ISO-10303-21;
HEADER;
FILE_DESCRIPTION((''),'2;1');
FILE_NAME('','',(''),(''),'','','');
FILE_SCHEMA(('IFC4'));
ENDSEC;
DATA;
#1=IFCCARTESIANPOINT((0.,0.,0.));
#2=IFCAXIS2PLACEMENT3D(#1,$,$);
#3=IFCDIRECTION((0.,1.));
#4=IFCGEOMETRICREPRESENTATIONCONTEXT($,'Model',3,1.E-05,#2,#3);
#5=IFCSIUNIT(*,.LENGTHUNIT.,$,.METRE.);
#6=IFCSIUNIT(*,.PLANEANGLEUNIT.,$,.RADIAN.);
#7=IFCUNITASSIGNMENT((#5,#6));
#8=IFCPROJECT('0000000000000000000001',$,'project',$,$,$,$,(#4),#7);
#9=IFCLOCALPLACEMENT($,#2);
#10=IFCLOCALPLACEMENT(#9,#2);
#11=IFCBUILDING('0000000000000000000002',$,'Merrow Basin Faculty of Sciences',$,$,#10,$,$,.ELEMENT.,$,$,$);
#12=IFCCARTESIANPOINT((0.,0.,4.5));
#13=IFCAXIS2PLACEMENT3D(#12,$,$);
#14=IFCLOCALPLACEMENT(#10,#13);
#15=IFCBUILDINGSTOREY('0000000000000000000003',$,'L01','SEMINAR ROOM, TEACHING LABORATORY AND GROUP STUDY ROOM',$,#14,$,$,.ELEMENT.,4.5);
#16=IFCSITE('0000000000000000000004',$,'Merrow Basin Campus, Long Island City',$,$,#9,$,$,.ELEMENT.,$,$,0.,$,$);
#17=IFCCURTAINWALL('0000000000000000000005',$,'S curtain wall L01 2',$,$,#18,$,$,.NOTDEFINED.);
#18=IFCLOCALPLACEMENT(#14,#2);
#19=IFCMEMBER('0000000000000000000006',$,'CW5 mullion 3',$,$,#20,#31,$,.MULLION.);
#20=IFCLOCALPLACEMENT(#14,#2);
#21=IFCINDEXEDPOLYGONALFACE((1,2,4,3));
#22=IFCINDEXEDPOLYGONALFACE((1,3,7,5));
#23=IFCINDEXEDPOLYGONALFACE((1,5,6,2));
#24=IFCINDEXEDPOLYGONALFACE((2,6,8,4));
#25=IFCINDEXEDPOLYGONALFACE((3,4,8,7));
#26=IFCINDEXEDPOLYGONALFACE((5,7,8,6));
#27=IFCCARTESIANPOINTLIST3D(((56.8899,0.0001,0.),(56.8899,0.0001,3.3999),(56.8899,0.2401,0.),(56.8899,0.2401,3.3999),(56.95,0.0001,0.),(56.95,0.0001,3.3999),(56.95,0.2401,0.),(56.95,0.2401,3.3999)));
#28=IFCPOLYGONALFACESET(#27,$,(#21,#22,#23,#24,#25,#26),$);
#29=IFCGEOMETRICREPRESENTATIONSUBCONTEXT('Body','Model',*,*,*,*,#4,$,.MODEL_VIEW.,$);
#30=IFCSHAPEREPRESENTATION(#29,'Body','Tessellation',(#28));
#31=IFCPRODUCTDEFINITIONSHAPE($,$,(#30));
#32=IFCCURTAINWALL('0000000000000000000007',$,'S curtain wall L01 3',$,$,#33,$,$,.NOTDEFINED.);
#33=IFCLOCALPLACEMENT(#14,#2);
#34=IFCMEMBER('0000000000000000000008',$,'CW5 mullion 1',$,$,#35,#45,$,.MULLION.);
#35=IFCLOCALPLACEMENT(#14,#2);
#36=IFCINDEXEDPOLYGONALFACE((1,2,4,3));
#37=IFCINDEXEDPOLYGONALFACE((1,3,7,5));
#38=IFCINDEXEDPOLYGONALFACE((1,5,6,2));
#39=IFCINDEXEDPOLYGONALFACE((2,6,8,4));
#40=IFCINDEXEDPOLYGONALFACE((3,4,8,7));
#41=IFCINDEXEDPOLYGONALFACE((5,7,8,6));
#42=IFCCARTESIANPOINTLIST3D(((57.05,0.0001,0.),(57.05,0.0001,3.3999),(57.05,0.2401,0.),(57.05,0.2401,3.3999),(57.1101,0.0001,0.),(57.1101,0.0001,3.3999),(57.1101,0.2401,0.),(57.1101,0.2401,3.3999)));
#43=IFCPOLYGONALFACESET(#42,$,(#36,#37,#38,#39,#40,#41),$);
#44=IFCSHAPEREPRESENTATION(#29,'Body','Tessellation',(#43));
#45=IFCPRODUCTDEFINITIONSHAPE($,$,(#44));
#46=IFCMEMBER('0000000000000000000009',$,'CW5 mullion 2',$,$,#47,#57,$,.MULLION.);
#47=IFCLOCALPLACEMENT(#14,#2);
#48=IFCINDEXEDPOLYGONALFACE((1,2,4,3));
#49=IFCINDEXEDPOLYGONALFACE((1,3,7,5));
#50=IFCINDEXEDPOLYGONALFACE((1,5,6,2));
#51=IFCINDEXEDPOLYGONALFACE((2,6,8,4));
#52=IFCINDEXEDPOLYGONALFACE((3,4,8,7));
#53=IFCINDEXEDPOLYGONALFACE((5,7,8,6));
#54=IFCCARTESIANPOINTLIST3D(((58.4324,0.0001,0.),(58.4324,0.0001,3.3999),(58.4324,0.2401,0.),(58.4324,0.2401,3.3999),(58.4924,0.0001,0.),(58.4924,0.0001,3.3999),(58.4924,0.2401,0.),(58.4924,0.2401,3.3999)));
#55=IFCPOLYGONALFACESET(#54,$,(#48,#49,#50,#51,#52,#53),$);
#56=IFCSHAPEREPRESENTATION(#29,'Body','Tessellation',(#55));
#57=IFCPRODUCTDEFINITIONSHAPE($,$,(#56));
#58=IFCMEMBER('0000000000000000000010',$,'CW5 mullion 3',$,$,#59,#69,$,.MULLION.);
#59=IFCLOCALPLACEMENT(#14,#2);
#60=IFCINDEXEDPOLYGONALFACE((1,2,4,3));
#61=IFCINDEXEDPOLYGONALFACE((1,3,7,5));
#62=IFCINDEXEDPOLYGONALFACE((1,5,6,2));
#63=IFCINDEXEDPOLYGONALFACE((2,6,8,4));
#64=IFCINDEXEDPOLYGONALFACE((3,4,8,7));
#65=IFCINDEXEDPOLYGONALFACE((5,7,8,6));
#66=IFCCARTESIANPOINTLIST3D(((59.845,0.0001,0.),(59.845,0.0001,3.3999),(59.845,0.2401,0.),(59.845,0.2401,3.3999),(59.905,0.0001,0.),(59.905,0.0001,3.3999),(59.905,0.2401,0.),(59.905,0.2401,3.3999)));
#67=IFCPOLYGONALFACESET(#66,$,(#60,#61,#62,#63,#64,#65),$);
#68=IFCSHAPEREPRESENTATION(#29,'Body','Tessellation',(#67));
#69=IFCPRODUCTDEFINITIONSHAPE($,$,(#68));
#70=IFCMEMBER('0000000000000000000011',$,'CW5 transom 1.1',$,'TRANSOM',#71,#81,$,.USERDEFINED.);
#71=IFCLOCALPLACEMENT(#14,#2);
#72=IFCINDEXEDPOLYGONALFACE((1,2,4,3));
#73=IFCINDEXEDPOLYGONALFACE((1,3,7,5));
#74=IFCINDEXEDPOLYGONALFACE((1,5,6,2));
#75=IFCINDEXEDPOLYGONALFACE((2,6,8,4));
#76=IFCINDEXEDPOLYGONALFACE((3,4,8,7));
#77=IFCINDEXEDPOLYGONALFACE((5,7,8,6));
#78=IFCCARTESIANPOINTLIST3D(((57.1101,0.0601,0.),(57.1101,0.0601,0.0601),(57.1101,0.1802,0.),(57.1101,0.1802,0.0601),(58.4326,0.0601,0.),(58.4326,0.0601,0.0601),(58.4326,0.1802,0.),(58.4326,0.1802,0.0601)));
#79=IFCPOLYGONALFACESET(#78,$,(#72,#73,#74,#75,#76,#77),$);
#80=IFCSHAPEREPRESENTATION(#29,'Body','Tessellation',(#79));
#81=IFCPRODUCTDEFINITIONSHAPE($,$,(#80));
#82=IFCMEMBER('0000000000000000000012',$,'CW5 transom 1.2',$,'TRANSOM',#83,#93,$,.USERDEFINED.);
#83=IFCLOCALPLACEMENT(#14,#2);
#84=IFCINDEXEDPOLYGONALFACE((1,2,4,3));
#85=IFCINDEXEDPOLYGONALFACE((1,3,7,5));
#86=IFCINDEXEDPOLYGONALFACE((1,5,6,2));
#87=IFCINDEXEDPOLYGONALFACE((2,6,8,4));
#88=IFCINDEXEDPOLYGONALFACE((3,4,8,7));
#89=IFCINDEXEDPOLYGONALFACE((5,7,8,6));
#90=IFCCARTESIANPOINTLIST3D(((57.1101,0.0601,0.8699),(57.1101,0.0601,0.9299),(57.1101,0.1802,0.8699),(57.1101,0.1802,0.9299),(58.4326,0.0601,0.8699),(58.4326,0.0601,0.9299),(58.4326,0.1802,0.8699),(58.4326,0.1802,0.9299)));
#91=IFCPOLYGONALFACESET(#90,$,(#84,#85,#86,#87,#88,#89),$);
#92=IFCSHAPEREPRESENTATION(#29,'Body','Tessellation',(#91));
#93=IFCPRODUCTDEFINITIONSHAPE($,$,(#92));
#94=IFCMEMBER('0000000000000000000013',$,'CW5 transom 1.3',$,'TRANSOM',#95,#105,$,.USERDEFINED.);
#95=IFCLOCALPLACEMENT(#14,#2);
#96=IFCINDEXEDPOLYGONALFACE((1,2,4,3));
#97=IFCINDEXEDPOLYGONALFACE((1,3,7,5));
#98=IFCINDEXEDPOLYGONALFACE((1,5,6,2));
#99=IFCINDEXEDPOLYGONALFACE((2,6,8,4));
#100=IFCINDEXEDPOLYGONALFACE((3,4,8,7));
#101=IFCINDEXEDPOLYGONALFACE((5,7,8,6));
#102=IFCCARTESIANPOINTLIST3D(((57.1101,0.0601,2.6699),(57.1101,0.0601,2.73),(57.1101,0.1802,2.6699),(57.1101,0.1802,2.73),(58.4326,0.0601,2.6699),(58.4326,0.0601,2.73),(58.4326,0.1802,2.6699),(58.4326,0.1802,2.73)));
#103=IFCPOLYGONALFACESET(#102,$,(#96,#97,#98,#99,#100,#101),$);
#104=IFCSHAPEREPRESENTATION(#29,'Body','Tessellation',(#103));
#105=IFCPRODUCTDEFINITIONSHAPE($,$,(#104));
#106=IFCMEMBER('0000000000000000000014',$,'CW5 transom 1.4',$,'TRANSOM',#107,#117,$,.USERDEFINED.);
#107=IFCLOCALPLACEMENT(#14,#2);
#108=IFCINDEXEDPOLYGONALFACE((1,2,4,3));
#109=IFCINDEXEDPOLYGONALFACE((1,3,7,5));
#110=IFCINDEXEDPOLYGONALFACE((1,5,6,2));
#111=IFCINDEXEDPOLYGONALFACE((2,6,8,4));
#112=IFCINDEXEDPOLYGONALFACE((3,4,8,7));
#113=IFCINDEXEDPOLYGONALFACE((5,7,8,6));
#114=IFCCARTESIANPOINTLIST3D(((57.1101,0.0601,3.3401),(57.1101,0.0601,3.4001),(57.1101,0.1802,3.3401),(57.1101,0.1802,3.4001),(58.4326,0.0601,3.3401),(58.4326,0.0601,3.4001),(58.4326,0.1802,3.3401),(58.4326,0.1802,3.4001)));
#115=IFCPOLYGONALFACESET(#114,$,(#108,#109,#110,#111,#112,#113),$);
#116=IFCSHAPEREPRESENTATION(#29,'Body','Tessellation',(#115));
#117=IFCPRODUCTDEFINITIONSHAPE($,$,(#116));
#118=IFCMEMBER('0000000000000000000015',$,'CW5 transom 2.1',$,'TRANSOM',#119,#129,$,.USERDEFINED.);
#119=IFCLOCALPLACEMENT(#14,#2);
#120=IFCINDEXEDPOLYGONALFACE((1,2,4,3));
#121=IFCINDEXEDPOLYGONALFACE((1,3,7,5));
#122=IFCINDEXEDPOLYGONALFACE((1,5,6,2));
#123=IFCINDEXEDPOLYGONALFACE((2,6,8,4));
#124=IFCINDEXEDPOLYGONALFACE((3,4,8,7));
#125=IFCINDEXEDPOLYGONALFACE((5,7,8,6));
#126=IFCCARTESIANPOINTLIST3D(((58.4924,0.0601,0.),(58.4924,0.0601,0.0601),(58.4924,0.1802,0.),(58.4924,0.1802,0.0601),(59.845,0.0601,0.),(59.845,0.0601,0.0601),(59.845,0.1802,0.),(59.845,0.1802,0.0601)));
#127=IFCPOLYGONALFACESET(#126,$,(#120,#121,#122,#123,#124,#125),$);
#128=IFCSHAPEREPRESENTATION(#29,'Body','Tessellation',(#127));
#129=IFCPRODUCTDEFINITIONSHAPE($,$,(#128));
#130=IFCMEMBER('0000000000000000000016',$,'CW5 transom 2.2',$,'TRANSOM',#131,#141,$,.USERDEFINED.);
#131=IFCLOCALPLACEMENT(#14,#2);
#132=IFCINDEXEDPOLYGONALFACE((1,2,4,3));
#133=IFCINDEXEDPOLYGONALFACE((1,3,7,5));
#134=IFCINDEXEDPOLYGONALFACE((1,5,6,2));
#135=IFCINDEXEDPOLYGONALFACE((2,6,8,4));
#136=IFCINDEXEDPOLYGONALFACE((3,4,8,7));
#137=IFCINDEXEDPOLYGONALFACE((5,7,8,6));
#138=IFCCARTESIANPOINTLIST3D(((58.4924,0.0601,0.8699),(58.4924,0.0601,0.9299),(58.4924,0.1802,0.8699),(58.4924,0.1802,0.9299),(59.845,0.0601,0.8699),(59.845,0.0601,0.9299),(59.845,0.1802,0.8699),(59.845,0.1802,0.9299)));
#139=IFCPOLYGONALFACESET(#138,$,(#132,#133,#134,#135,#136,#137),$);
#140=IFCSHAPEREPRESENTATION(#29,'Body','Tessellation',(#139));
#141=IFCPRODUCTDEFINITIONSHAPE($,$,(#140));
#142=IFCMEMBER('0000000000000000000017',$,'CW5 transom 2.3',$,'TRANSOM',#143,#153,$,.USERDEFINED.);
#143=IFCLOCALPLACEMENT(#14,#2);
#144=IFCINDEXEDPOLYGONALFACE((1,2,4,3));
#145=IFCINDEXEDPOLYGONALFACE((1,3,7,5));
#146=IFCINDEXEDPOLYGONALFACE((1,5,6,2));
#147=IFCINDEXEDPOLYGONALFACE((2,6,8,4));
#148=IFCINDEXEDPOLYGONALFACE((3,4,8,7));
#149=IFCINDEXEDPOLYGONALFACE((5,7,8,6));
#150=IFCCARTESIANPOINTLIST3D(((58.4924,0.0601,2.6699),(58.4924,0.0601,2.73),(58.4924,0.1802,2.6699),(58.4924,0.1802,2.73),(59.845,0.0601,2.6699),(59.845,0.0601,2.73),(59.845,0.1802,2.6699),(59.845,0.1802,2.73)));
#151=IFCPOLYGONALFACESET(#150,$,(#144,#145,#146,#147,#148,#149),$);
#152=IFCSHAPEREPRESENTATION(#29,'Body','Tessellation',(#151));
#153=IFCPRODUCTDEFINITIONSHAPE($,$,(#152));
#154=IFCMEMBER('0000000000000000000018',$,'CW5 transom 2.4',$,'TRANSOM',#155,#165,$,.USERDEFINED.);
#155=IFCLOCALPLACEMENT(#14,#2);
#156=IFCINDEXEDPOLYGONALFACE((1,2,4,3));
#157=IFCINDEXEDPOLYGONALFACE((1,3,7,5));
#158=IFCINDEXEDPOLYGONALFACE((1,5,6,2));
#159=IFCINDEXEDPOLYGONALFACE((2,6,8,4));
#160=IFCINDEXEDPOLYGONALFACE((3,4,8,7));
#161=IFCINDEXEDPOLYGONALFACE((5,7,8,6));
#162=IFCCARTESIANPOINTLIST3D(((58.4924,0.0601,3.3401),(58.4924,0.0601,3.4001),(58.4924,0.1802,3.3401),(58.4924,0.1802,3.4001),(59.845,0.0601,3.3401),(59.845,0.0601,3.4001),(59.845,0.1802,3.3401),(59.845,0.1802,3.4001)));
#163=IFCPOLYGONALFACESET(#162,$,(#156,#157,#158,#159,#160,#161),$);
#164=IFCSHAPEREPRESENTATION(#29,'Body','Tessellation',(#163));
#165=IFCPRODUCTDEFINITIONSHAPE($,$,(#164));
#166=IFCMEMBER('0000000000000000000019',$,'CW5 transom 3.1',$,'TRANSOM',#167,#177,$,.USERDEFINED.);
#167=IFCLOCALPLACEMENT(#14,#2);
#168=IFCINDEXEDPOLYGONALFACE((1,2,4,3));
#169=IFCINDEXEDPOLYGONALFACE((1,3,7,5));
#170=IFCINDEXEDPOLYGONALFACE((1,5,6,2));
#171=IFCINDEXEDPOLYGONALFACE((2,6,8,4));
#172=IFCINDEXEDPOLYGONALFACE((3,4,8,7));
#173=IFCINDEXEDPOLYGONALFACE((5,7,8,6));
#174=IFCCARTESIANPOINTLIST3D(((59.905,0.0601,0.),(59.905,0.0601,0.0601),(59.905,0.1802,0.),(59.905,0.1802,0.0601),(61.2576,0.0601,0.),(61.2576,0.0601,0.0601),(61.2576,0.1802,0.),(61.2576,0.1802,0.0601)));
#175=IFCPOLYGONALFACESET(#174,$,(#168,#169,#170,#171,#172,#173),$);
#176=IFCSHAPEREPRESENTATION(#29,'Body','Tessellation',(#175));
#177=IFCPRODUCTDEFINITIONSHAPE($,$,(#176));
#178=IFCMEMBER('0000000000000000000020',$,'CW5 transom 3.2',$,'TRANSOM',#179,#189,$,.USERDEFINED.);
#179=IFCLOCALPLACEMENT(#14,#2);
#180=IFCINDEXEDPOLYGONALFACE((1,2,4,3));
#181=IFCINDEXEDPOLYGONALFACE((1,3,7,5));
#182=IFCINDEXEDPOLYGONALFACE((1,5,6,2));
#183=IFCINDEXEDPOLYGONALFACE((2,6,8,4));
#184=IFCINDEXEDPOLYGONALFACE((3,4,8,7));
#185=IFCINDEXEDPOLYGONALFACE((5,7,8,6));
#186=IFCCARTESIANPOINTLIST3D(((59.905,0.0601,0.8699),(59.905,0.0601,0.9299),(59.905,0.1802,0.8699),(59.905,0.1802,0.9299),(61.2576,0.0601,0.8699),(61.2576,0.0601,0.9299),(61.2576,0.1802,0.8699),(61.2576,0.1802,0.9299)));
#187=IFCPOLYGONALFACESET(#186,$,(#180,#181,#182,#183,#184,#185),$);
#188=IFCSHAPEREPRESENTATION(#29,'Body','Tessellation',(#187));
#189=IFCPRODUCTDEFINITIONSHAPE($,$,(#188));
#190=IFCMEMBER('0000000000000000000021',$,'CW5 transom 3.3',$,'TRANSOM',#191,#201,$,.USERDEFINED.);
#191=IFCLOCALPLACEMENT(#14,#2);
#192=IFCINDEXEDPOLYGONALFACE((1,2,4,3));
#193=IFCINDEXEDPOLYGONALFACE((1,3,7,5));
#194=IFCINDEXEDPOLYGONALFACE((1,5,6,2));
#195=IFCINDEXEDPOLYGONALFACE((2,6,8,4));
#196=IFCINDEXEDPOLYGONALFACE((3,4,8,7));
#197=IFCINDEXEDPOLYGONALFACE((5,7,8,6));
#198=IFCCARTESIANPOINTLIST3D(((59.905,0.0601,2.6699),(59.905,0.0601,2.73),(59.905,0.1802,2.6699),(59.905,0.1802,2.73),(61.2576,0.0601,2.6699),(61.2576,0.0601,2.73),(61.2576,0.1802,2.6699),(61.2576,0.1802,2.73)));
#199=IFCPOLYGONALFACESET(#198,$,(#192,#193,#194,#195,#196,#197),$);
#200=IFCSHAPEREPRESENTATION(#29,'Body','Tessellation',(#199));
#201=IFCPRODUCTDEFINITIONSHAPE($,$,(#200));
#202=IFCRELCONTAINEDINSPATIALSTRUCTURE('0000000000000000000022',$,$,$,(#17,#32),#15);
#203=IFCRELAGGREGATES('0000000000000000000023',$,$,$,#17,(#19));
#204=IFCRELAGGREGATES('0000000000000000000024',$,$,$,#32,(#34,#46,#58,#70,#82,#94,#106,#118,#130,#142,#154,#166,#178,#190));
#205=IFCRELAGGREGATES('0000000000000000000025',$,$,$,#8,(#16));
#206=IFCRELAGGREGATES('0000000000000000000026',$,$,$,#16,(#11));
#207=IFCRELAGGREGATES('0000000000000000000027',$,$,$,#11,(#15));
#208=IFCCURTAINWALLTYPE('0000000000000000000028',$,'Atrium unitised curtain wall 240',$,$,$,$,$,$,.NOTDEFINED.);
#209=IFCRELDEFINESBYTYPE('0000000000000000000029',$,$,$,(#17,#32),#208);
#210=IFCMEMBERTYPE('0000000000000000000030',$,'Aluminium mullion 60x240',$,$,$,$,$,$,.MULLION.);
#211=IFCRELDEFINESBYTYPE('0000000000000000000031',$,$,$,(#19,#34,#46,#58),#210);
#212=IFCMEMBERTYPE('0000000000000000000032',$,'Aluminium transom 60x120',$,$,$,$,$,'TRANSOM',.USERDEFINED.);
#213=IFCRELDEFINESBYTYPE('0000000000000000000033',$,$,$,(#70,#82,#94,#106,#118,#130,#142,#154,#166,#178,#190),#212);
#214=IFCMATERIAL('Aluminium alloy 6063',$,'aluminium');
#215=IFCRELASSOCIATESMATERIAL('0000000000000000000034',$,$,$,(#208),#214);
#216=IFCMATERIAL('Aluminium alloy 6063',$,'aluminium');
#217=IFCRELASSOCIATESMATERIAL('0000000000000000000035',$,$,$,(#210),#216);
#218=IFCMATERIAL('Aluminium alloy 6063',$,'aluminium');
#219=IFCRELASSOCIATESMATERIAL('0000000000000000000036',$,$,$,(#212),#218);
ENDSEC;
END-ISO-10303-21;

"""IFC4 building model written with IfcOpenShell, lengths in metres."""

from ifc_helpers import new_model, si_unit, direction, frame, origin, origin_2d, place, context, subcontext, project, spatial, rectangle, extrude, material, material_profile, profile_set, type_object, element, aggregate, save


model = new_model("IFC4")

# Units and contexts
model_context = context("Model", 3, precision=1e-05, world=origin(), true_north=direction((0.0, 1.0)))
body_context = subcontext(model_context, "Body", "Model", "MODEL_VIEW")
ifc_project = project(units=[si_unit("LENGTHUNIT", "METRE"), si_unit("PLANEANGLEUNIT", "RADIAN")], contexts=[model_context])

# Site, building, storey
site_placement = place(None, origin())
site = spatial("IfcSite", under=ifc_project, at=site_placement, Name="Merrow Basin Campus, Long Island City", CompositionType="ELEMENT", RefElevation=0.0)
building_placement = place(site_placement, origin())
building = spatial("IfcBuilding", under=site, at=building_placement, Name="Merrow Basin Faculty of Sciences", CompositionType="ELEMENT")
storey_placement = place(building_placement, frame((0.0, 0.0, 4.5)))
storey = spatial("IfcBuildingStorey", under=building, at=storey_placement, Name="L01", Description="SEMINAR ROOM, TEACHING LABORATORY AND GROUP STUDY ROOM", CompositionType="ELEMENT", Elevation=4.5)

# Curtain wall, member
ifc_material_1 = material(Name="Aluminium alloy 6063", Category="aluminium")
curtain_wall_type = type_object("IfcCurtainWallType", Name="Atrium unitised curtain wall 240", PredefinedType="NOTDEFINED", material=ifc_material_1)
curtain_wall_1_placement = place(storey_placement, origin())
curtain_wall_1 = element("IfcCurtainWall", 1, at=curtain_wall_1_placement, inside=storey, type_object=curtain_wall_type, Name="S curtain wall L01 2", PredefinedType="NOTDEFINED")
ifc_material_2 = material(Name="Aluminium alloy 6063", Category="aluminium")
ifc_material_profile_1 = material_profile(ifc_material_2, rectangle(XDim=0.24, YDim=0.0601, at=origin_2d()))
ifc_profile_set_1 = profile_set([ifc_material_profile_1], Name="Aluminium alloy 6063")
member_type_1 = type_object("IfcMemberType", Name="Aluminium mullion 60x240", PredefinedType="MULLION", material=ifc_profile_set_1)
member_1_placement = place(storey_placement, frame((56.9199, 0.1201, 0.0), z_axis=(0.0, 0.0, 1.0), x_axis=(0.0, 1.0, 0.0)))
member_1 = element("IfcMember", 2, at=member_1_placement, type_object=member_type_1, Name="CW5 mullion 3", PredefinedType="MULLION", context=body_context, shape_type="SweptSolid", body=[
    extrude(rectangle(XDim=0.24, YDim=0.0601, at=origin_2d()), origin(), (0.0, 0.0, 1.0), 3.3999),
])

# Curtain wall, members
curtain_wall_2_placement = place(storey_placement, origin())
curtain_wall_2 = element("IfcCurtainWall", 3, at=curtain_wall_2_placement, inside=storey, type_object=curtain_wall_type, Name="S curtain wall L01 3", PredefinedType="NOTDEFINED")
member_2_placement = place(storey_placement, frame((57.0801, 0.1201, 0.0), z_axis=(0.0, 0.0, 1.0), x_axis=(0.0, 1.0, 0.0)))
member_2 = element("IfcMember", 4, at=member_2_placement, type_object=member_type_1, Name="CW5 mullion 1", PredefinedType="MULLION", context=body_context, shape_type="SweptSolid", body=[
    extrude(rectangle(XDim=0.24, YDim=0.0601, at=origin_2d()), origin(), (0.0, 0.0, 1.0), 3.3999),
])
member_3_placement = place(storey_placement, frame((58.4624, 0.1201, 0.0), z_axis=(0.0, 0.0, 1.0), x_axis=(0.0, 1.0, 0.0)))
member_3 = element("IfcMember", 5, at=member_3_placement, type_object=member_type_1, Name="CW5 mullion 2", PredefinedType="MULLION", context=body_context, shape_type="SweptSolid", body=[
    extrude(rectangle(XDim=0.24, YDim=0.0601, at=origin_2d()), origin(), (0.0, 0.0, 1.0), 3.3999),
])
member_4_placement = place(storey_placement, frame((59.875, 0.1201, 0.0), z_axis=(0.0, 0.0, 1.0), x_axis=(0.0, 1.0, 0.0)))
member_4 = element("IfcMember", 6, at=member_4_placement, type_object=member_type_1, Name="CW5 mullion 3", PredefinedType="MULLION", context=body_context, shape_type="SweptSolid", body=[
    extrude(rectangle(XDim=0.24, YDim=0.0601, at=origin_2d()), origin(), (0.0, 0.0, 1.0), 3.3999),
])
ifc_material_3 = material(Name="Aluminium alloy 6063", Category="aluminium")
ifc_material_profile_2 = material_profile(ifc_material_3, rectangle(XDim=0.1201, YDim=0.0601, at=origin_2d()))
ifc_profile_set_2 = profile_set([ifc_material_profile_2], Name="Aluminium alloy 6063")
member_type_2 = type_object("IfcMemberType", Name="Aluminium transom 60x120", ElementType="TRANSOM", PredefinedType="USERDEFINED", material=ifc_profile_set_2)
member_5_placement = place(storey_placement, frame((57.1101, 0.1201, 0.03), z_axis=(1.0, 0.0, 0.0), x_axis=(0.0, 1.0, 0.0)))
member_5 = element("IfcMember", 7, at=member_5_placement, type_object=member_type_2, Name="CW5 transom 1.1", ObjectType="TRANSOM", PredefinedType="USERDEFINED", context=body_context, shape_type="SweptSolid", body=[
    extrude(rectangle(XDim=0.1201, YDim=0.0601, at=origin_2d()), origin(), (0.0, 0.0, 1.0), 1.3225),
])
member_6_placement = place(storey_placement, frame((57.1101, 0.1201, 0.8999), z_axis=(1.0, 0.0, 0.0), x_axis=(0.0, 1.0, 0.0)))
member_6 = element("IfcMember", 8, at=member_6_placement, type_object=member_type_2, Name="CW5 transom 1.2", ObjectType="TRANSOM", PredefinedType="USERDEFINED", context=body_context, shape_type="SweptSolid", body=[
    extrude(rectangle(XDim=0.1201, YDim=0.0601, at=origin_2d()), origin(), (0.0, 0.0, 1.0), 1.3225),
])
member_7_placement = place(storey_placement, frame((57.1101, 0.1201, 2.7), z_axis=(1.0, 0.0, 0.0), x_axis=(0.0, 1.0, 0.0)))
member_7 = element("IfcMember", 9, at=member_7_placement, type_object=member_type_2, Name="CW5 transom 1.3", ObjectType="TRANSOM", PredefinedType="USERDEFINED", context=body_context, shape_type="SweptSolid", body=[
    extrude(rectangle(XDim=0.1201, YDim=0.0601, at=origin_2d()), origin(), (0.0, 0.0, 1.0), 1.3225),
])
member_8_placement = place(storey_placement, frame((57.1101, 0.1201, 3.3701), z_axis=(1.0, 0.0, 0.0), x_axis=(0.0, 1.0, 0.0)))
member_8 = element("IfcMember", 10, at=member_8_placement, type_object=member_type_2, Name="CW5 transom 1.4", ObjectType="TRANSOM", PredefinedType="USERDEFINED", context=body_context, shape_type="SweptSolid", body=[
    extrude(rectangle(XDim=0.1201, YDim=0.0601, at=origin_2d()), origin(), (0.0, 0.0, 1.0), 1.3225),
])
member_9_placement = place(storey_placement, frame((58.4924, 0.1201, 0.03), z_axis=(1.0, 0.0, 0.0), x_axis=(0.0, 1.0, 0.0)))
member_9 = element("IfcMember", 11, at=member_9_placement, type_object=member_type_2, Name="CW5 transom 2.1", ObjectType="TRANSOM", PredefinedType="USERDEFINED", context=body_context, shape_type="SweptSolid", body=[
    extrude(rectangle(XDim=0.1201, YDim=0.0601, at=origin_2d()), origin(), (0.0, 0.0, 1.0), 1.3525),
])
member_10_placement = place(storey_placement, frame((58.4924, 0.1201, 0.8999), z_axis=(1.0, 0.0, 0.0), x_axis=(0.0, 1.0, 0.0)))
member_10 = element("IfcMember", 12, at=member_10_placement, type_object=member_type_2, Name="CW5 transom 2.2", ObjectType="TRANSOM", PredefinedType="USERDEFINED", context=body_context, shape_type="SweptSolid", body=[
    extrude(rectangle(XDim=0.1201, YDim=0.0601, at=origin_2d()), origin(), (0.0, 0.0, 1.0), 1.3525),
])
member_11_placement = place(storey_placement, frame((58.4924, 0.1201, 2.7), z_axis=(1.0, 0.0, 0.0), x_axis=(0.0, 1.0, 0.0)))
member_11 = element("IfcMember", 13, at=member_11_placement, type_object=member_type_2, Name="CW5 transom 2.3", ObjectType="TRANSOM", PredefinedType="USERDEFINED", context=body_context, shape_type="SweptSolid", body=[
    extrude(rectangle(XDim=0.1201, YDim=0.0601, at=origin_2d()), origin(), (0.0, 0.0, 1.0), 1.3525),
])
member_12_placement = place(storey_placement, frame((58.4924, 0.1201, 3.3701), z_axis=(1.0, 0.0, 0.0), x_axis=(0.0, 1.0, 0.0)))
member_12 = element("IfcMember", 14, at=member_12_placement, type_object=member_type_2, Name="CW5 transom 2.4", ObjectType="TRANSOM", PredefinedType="USERDEFINED", context=body_context, shape_type="SweptSolid", body=[
    extrude(rectangle(XDim=0.1201, YDim=0.0601, at=origin_2d()), origin(), (0.0, 0.0, 1.0), 1.3525),
])
member_13_placement = place(storey_placement, frame((59.905, 0.1201, 0.03), z_axis=(1.0, 0.0, 0.0), x_axis=(0.0, 1.0, 0.0)))
member_13 = element("IfcMember", 15, at=member_13_placement, type_object=member_type_2, Name="CW5 transom 3.1", ObjectType="TRANSOM", PredefinedType="USERDEFINED", context=body_context, shape_type="SweptSolid", body=[
    extrude(rectangle(XDim=0.1201, YDim=0.0601, at=origin_2d()), origin(), (0.0, 0.0, 1.0), 1.3525),
])
member_14_placement = place(storey_placement, frame((59.905, 0.1201, 0.8999), z_axis=(1.0, 0.0, 0.0), x_axis=(0.0, 1.0, 0.0)))
member_14 = element("IfcMember", 16, at=member_14_placement, type_object=member_type_2, Name="CW5 transom 3.2", ObjectType="TRANSOM", PredefinedType="USERDEFINED", context=body_context, shape_type="SweptSolid", body=[
    extrude(rectangle(XDim=0.1201, YDim=0.0601, at=origin_2d()), origin(), (0.0, 0.0, 1.0), 1.3525),
])
member_15_placement = place(storey_placement, frame((59.905, 0.1201, 2.7), z_axis=(1.0, 0.0, 0.0), x_axis=(0.0, 1.0, 0.0)))
member_15 = element("IfcMember", 17, at=member_15_placement, type_object=member_type_2, Name="CW5 transom 3.3", ObjectType="TRANSOM", PredefinedType="USERDEFINED", context=body_context, shape_type="SweptSolid", body=[
    extrude(rectangle(XDim=0.1201, YDim=0.0601, at=origin_2d()), origin(), (0.0, 0.0, 1.0), 1.3525),
])

aggregate(curtain_wall_1, [member_1])
aggregate(curtain_wall_2, [member_2, member_3, member_4, member_5, member_6, member_7, member_8, member_9, member_10, member_11, member_12, member_13, member_14, member_15])

save(model, "model.ifc")
